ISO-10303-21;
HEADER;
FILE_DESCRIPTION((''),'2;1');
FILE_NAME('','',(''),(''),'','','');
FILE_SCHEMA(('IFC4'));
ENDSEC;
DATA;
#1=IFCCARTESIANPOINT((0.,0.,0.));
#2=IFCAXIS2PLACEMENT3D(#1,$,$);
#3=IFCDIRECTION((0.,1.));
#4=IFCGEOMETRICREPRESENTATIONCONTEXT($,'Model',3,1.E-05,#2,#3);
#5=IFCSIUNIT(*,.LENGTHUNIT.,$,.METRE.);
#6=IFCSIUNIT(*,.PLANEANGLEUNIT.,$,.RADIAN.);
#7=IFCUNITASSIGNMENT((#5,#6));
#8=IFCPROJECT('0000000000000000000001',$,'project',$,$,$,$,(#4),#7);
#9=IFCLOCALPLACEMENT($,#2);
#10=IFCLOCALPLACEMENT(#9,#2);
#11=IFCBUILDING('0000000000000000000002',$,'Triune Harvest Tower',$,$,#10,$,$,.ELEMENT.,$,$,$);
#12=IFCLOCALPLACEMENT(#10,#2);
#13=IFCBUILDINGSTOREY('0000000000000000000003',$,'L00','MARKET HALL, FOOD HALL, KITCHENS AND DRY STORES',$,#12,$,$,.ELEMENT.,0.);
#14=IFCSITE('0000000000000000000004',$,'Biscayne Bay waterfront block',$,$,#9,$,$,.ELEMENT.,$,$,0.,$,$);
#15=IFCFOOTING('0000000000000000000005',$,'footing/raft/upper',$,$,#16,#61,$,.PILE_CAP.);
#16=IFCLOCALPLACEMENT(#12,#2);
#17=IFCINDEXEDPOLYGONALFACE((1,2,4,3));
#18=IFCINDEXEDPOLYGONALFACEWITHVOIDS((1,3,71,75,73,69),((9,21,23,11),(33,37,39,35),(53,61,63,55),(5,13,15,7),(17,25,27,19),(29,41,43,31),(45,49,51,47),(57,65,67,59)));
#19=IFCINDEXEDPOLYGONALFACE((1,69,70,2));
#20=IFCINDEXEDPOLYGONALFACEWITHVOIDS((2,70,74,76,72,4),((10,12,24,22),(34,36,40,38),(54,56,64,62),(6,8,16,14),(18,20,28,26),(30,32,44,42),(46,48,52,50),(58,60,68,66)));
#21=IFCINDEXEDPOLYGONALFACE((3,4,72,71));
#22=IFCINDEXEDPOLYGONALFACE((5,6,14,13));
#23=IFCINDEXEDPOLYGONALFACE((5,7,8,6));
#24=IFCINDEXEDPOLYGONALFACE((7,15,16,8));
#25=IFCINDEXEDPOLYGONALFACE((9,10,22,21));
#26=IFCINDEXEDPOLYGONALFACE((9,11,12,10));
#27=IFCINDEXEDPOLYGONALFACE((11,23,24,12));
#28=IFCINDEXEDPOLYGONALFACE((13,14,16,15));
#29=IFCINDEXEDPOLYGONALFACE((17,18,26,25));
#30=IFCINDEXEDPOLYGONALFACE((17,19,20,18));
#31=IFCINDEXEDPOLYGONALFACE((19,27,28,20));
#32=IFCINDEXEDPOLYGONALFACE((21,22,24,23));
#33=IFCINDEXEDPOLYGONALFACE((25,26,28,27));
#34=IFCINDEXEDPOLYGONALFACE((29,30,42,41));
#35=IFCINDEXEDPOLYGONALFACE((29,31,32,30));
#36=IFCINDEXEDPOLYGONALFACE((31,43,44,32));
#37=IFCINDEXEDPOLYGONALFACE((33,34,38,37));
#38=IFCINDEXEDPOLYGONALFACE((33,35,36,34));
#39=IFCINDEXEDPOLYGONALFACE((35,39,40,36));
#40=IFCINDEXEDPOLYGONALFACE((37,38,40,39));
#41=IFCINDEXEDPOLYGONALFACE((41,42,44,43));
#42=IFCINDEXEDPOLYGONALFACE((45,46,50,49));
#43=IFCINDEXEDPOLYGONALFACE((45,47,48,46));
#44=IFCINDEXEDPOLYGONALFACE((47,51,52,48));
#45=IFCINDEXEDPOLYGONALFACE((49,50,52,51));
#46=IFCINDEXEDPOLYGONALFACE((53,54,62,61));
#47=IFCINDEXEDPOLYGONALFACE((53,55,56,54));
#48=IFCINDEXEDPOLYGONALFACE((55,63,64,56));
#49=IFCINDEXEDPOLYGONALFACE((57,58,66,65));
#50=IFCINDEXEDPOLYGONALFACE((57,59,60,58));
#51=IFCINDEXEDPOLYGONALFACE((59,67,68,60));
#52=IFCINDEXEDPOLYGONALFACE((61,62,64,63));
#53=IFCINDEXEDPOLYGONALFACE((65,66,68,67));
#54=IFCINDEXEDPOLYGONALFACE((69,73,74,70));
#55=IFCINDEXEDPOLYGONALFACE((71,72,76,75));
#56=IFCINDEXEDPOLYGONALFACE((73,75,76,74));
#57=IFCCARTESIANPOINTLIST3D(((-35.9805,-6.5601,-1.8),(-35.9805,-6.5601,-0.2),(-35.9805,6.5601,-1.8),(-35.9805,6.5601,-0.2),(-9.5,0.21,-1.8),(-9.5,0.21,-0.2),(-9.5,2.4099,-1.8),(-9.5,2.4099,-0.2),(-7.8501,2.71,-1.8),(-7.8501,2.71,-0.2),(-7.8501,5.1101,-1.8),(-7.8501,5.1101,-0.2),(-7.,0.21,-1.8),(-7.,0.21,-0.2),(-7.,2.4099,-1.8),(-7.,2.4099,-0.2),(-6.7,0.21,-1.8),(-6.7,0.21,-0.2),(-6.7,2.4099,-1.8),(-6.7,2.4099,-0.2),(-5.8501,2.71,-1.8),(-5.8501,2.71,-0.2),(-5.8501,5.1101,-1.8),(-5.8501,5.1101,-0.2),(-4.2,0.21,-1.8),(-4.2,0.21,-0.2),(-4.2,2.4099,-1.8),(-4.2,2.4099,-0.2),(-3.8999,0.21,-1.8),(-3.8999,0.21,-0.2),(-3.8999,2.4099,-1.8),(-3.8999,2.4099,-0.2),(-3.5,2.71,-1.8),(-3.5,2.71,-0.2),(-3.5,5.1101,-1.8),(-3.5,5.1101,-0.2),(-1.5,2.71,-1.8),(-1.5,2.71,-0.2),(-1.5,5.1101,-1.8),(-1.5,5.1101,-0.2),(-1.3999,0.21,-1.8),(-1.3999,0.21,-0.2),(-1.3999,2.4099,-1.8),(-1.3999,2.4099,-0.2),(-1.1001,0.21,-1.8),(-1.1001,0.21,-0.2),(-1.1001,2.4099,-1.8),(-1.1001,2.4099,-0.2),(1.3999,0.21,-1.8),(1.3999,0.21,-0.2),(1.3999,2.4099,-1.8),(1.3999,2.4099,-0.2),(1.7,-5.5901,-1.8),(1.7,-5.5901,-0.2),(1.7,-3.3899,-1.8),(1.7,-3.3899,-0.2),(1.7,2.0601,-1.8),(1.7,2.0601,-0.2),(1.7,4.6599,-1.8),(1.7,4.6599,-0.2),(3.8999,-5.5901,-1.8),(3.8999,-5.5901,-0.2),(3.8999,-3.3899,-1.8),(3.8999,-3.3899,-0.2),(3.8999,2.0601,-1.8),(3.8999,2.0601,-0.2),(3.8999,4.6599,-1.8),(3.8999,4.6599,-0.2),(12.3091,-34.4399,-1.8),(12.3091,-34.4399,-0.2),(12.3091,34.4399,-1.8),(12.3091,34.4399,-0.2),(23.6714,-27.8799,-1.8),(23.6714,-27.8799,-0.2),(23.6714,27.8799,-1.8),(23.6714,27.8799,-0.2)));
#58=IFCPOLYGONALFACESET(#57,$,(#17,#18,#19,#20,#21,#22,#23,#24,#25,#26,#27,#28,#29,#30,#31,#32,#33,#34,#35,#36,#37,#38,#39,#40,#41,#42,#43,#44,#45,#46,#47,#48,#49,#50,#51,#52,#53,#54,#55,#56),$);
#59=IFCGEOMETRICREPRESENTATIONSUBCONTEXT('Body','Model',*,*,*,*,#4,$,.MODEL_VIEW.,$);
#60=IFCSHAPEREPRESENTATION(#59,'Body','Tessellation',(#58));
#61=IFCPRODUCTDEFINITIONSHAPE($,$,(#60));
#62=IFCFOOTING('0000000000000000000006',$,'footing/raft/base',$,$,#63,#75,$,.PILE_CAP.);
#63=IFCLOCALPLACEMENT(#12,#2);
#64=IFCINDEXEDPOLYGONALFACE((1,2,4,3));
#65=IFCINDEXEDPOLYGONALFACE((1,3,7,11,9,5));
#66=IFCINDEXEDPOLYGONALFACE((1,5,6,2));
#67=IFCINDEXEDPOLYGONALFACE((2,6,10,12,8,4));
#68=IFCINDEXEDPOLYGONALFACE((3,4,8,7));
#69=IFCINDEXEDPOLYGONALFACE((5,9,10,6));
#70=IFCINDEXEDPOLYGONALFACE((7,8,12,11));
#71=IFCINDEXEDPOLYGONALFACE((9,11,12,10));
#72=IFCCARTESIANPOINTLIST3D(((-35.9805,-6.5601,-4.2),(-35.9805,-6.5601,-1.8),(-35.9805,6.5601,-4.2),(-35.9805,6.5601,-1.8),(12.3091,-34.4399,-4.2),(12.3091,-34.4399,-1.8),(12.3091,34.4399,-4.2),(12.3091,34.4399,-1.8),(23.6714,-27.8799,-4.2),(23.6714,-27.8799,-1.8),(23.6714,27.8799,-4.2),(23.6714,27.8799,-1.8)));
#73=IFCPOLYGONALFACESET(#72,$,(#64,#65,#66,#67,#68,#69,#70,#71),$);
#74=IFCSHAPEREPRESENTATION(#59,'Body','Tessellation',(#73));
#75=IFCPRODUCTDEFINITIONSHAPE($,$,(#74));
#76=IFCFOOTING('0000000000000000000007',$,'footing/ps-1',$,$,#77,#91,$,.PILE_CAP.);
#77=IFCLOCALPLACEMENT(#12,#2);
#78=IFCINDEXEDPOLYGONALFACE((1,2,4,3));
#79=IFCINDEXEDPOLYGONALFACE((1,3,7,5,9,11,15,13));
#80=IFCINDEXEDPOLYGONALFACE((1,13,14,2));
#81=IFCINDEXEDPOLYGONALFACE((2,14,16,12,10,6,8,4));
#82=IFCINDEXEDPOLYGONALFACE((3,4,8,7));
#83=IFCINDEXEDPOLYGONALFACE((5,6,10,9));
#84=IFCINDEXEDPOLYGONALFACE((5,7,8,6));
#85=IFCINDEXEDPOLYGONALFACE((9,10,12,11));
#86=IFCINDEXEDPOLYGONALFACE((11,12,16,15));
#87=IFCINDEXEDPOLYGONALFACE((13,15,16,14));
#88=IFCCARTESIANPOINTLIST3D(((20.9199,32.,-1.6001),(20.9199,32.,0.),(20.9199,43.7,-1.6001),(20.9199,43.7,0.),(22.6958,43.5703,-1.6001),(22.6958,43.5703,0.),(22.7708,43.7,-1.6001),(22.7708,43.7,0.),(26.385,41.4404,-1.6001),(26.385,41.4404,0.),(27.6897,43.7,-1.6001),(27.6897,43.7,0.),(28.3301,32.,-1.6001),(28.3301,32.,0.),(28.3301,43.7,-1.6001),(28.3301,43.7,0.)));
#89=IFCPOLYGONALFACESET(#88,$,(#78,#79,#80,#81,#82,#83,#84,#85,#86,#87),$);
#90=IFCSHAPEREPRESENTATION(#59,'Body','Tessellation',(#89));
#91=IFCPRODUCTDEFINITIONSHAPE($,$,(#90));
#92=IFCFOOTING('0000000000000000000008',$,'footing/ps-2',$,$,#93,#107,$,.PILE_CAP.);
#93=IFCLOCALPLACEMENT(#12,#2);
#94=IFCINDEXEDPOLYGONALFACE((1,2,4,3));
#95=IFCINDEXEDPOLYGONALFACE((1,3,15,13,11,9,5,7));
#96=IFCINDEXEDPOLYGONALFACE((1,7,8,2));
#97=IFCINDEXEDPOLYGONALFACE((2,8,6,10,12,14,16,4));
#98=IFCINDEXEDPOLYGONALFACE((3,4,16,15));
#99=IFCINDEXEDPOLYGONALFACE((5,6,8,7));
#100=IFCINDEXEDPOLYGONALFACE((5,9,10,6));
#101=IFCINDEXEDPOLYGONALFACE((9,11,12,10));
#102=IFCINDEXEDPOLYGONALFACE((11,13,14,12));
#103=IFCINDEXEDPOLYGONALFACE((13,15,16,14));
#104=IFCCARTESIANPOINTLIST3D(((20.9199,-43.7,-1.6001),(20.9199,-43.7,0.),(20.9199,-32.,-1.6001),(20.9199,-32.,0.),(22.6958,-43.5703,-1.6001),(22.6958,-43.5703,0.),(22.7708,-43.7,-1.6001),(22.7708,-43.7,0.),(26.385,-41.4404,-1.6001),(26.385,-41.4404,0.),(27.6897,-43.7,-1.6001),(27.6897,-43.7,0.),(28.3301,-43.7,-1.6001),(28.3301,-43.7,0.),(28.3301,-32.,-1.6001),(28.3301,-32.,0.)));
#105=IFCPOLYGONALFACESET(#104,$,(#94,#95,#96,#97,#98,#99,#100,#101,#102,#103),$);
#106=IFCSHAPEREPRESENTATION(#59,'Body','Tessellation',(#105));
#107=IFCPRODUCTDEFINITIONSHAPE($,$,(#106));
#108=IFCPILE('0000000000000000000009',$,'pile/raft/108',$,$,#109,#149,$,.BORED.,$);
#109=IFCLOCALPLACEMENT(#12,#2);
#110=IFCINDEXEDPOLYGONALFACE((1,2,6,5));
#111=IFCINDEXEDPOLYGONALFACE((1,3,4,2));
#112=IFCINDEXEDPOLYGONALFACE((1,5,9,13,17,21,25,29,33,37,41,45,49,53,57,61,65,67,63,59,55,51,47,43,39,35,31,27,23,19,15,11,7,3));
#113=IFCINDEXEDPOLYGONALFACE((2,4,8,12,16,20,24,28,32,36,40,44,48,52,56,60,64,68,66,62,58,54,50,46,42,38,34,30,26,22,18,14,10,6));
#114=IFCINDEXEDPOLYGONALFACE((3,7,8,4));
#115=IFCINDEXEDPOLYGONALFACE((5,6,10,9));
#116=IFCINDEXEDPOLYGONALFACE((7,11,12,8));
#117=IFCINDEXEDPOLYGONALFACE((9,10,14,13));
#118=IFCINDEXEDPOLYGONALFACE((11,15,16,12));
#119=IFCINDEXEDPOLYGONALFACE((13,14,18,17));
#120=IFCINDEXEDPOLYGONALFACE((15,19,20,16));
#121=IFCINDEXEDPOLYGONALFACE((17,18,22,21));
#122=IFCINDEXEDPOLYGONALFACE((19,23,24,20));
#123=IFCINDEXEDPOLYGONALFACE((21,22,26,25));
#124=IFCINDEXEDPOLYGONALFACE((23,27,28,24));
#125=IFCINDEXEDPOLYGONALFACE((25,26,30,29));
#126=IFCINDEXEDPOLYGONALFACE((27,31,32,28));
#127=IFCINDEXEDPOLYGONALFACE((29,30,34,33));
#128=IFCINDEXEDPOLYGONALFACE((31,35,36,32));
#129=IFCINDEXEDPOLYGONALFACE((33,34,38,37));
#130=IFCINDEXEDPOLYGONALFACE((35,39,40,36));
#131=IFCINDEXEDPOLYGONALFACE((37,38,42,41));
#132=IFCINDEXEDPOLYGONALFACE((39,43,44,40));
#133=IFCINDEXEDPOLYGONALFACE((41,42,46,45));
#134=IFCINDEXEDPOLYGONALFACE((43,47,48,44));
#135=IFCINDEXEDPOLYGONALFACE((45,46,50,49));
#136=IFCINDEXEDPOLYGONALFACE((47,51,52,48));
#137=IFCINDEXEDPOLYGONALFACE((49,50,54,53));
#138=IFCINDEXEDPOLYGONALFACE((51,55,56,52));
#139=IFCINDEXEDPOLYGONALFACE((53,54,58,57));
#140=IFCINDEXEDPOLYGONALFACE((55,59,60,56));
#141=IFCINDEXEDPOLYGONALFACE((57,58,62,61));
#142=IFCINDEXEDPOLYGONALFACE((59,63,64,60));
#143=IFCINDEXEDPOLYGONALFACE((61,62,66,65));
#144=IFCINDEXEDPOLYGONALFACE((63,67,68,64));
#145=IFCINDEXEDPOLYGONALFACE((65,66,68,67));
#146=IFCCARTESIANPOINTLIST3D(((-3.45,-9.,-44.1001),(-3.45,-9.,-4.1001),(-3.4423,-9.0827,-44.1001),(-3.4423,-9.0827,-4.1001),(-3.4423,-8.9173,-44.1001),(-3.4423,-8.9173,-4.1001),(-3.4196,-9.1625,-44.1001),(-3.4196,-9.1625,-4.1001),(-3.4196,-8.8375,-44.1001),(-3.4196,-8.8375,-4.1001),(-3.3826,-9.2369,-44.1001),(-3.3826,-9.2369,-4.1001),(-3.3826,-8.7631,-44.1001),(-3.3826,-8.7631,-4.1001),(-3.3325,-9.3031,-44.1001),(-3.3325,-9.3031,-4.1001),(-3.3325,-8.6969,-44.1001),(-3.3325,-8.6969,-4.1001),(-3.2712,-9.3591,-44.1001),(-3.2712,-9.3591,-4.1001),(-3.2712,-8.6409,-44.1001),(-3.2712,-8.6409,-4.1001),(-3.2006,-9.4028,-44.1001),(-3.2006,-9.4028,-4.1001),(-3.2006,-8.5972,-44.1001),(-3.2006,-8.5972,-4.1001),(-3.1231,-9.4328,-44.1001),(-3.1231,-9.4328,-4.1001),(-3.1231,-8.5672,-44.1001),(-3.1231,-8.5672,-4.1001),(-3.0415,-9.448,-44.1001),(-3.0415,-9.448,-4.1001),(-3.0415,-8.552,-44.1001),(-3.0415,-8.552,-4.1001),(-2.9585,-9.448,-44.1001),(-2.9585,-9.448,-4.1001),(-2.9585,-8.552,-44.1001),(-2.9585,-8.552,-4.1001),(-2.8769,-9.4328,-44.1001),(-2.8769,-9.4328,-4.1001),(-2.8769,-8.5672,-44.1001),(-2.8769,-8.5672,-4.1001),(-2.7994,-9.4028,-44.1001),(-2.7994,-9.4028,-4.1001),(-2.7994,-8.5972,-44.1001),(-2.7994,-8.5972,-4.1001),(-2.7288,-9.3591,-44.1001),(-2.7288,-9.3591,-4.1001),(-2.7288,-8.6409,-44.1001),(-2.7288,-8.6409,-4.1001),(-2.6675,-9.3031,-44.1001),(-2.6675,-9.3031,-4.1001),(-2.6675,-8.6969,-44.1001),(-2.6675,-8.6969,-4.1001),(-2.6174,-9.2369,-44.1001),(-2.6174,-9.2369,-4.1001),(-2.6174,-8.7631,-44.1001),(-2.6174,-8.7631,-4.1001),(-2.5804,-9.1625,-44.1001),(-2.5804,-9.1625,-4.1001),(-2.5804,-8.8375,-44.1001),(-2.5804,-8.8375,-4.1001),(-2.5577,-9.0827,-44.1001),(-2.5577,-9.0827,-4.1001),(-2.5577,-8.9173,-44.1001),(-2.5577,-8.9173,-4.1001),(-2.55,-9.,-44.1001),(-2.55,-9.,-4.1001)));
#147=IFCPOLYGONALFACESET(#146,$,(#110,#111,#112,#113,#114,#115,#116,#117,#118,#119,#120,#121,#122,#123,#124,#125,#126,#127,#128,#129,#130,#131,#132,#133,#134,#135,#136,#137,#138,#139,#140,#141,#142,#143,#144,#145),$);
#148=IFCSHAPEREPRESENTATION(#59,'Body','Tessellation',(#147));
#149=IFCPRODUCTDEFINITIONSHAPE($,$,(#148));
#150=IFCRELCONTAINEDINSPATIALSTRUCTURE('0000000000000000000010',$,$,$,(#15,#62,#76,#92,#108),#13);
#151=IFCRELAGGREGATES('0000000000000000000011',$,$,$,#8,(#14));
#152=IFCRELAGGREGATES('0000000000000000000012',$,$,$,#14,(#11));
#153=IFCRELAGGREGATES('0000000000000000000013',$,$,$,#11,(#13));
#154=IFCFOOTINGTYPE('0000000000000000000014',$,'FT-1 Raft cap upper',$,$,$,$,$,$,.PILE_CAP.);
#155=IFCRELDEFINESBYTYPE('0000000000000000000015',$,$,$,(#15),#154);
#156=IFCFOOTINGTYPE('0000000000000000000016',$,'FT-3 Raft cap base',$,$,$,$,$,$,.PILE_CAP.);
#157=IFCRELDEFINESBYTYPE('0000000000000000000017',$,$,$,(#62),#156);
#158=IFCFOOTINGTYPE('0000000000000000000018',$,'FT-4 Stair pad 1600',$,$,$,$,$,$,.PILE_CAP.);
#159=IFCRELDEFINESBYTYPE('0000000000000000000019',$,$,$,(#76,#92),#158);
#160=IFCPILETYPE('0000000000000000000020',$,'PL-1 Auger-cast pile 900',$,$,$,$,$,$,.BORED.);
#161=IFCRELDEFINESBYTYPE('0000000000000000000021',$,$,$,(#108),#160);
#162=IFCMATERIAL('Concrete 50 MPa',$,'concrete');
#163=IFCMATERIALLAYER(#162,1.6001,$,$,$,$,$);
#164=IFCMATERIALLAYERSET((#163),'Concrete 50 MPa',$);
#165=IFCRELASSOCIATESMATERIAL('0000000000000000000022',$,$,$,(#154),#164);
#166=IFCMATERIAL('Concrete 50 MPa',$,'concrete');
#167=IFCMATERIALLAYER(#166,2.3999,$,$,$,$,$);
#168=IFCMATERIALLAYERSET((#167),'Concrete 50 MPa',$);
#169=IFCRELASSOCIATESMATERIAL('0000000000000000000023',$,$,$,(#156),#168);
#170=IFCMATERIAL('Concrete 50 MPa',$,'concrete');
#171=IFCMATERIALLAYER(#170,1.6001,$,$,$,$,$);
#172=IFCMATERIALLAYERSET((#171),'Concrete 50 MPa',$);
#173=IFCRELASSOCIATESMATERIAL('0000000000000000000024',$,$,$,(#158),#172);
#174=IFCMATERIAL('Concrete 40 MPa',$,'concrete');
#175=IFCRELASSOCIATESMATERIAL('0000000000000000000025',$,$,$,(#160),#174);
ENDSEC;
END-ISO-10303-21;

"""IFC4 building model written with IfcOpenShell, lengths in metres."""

from ifc_helpers import new_model, si_unit, direction, frame, origin, origin_2d, place, context, subcontext, project, spatial, polyline, circle, outline, extrude, source, transform, mapped, material, layer, layer_set, material_profile, profile_set, type_object, element, save


model = new_model("IFC4")

# Units and contexts
model_context = context("Model", 3, precision=1e-05, world=origin(), true_north=direction((0.0, 1.0)))
body_context = subcontext(model_context, "Body", "Model", "MODEL_VIEW")
ifc_project = project(units=[si_unit("LENGTHUNIT", "METRE"), si_unit("PLANEANGLEUNIT", "RADIAN")], contexts=[model_context])

# Site, building, storey
site_placement = place(None, origin())
site = spatial("IfcSite", under=ifc_project, at=site_placement, Name="Biscayne Bay waterfront block", CompositionType="ELEMENT", RefElevation=0.0)
building_placement = place(site_placement, origin())
building = spatial("IfcBuilding", under=site, at=building_placement, Name="Triune Harvest Tower", CompositionType="ELEMENT")
storey_placement = place(building_placement, origin())
storey = spatial("IfcBuildingStorey", under=building, at=storey_placement, Name="L00", Description="MARKET HALL, FOOD HALL, KITCHENS AND DRY STORES", CompositionType="ELEMENT", Elevation=0.0)

# Footings
ifc_material_1 = material(Name="Concrete 50 MPa", Category="concrete")
ifc_layer_1 = layer(ifc_material_1, 1.6001)
ifc_layer_set_1 = layer_set([ifc_layer_1], Name="Concrete 50 MPa")
footing_type_1 = type_object("IfcFootingType", Name="FT-1 Raft cap upper", PredefinedType="PILE_CAP", material=ifc_layer_set_1)
footing_1_placement = place(storey_placement, frame((0.0, 0.0, -1.8)))
element("IfcFooting", 1, at=footing_1_placement, inside=storey, type_object=footing_type_1, Name="footing/raft/upper", PredefinedType="PILE_CAP", context=body_context, shape_type="SweptSolid", body=[
    extrude(outline(polyline([(23.6714, -27.8799), (23.6714, 27.8799), (12.3091, 34.4399), (-35.9805, 6.5601), (-35.9805, -6.5601), (12.3091, -34.4399), (23.6714, -27.8799)]), holes=[polyline([(-7.0, 0.21), (-7.0, 2.4099), (-9.5, 2.4099), (-9.5, 0.21), (-7.0, 0.21)]), polyline([(-4.2, 0.21), (-4.2, 2.4099), (-6.7, 2.4099), (-6.7, 0.21), (-4.2, 0.21)]), polyline([(-1.3999, 0.21), (-1.3999, 2.4099), (-3.8999, 2.4099), (-3.8999, 0.21), (-1.3999, 0.21)]), polyline([(1.3999, 0.21), (1.3999, 2.4099), (-1.1001, 2.4099), (-1.1001, 0.21), (1.3999, 0.21)]), polyline([(3.8999, 2.0601), (3.8999, 4.6599), (1.7, 4.6599), (1.7, 2.0601), (3.8999, 2.0601)]), polyline([(3.8999, -5.5901), (3.8999, -3.3899), (1.7, -3.3899), (1.7, -5.5901), (3.8999, -5.5901)]), polyline([(-5.8501, 2.71), (-5.8501, 5.1101), (-7.8501, 5.1101), (-7.8501, 2.71), (-5.8501, 2.71)]), polyline([(-1.5, 2.71), (-1.5, 5.1101), (-3.5, 5.1101), (-3.5, 2.71), (-1.5, 2.71)])]), origin(), (0.0, 0.0, 1.0), 1.6001),
])
ifc_material_2 = material(Name="Concrete 50 MPa", Category="concrete")
ifc_layer_2 = layer(ifc_material_2, 2.3999)
ifc_layer_set_2 = layer_set([ifc_layer_2], Name="Concrete 50 MPa")
footing_type_2 = type_object("IfcFootingType", Name="FT-3 Raft cap base", PredefinedType="PILE_CAP", material=ifc_layer_set_2)
footing_2_placement = place(storey_placement, frame((0.0, 0.0, -4.2)))
element("IfcFooting", 2, at=footing_2_placement, inside=storey, type_object=footing_type_2, Name="footing/raft/base", PredefinedType="PILE_CAP", context=body_context, shape_type="SweptSolid", body=[
    extrude(outline(polyline([(23.6714, -27.8799), (23.6714, 27.8799), (12.3091, 34.4399), (-35.9805, 6.5601), (-35.9805, -6.5601), (12.3091, -34.4399), (23.6714, -27.8799)])), origin(), (0.0, 0.0, 1.0), 2.3999),
])
ifc_material_3 = material(Name="Concrete 50 MPa", Category="concrete")
ifc_layer_3 = layer(ifc_material_3, 1.6001)
ifc_layer_set_3 = layer_set([ifc_layer_3], Name="Concrete 50 MPa")
footing_type_3 = type_object("IfcFootingType", Name="FT-4 Stair pad 1600", PredefinedType="PILE_CAP", material=ifc_layer_set_3)
footing_3_placement = place(storey_placement, frame((0.0, 0.0, -1.6001)))
element("IfcFooting", 3, at=footing_3_placement, inside=storey, type_object=footing_type_3, Name="footing/ps-1", PredefinedType="PILE_CAP", context=body_context, shape_type="SweptSolid", body=[
    extrude(outline(polyline([(28.3301, 32.0), (20.9199, 32.0), (20.9199, 43.7), (22.7708, 43.7), (22.6958, 43.5703), (26.385, 41.4404), (27.6897, 43.7), (28.3301, 43.7), (28.3301, 32.0)])), origin(), (0.0, 0.0, 1.0), 1.6001),
])
footing_4_placement = place(storey_placement, frame((0.0, 0.0, -1.6001)))
element("IfcFooting", 4, at=footing_4_placement, inside=storey, type_object=footing_type_3, Name="footing/ps-2", PredefinedType="PILE_CAP", context=body_context, shape_type="SweptSolid", body=[
    extrude(outline(polyline([(20.9199, -32.0), (28.3301, -32.0), (28.3301, -43.7), (27.6897, -43.7), (26.385, -41.4404), (22.6958, -43.5703), (22.7708, -43.7), (20.9199, -43.7), (20.9199, -32.0)])), origin(), (0.0, 0.0, 1.0), 1.6001),
])

# Pile
ifc_material_4 = material(Name="Concrete 40 MPa", Category="concrete")
ifc_material_profile = material_profile(ifc_material_4, circle(Radius=0.45, at=origin_2d()), Name="Bored 900")
ifc_profile_set = profile_set([ifc_material_profile], Name="Concrete 40 MPa")
pile_type = type_object("IfcPileType", Name="PL-1 Auger-cast pile 900", PredefinedType="BORED", material=ifc_profile_set)
shared_shape_1 = source(origin(), body_context, "Body", "SweptSolid", [
    extrude(circle(Radius=0.45, at=origin_2d()), origin(), (0.0, 0.0, 1.0), 40.0),
])
for number, where, z_axis, x_axis, name in (
    (5, (-3.0, -9.0, -4.1001), (0.0, 0.0, -1.0), (1.0, 0.0, 0.0), "pile/raft/108"),
):
    element("IfcPile", number, at=place(storey_placement, frame(where, z_axis=z_axis, x_axis=x_axis)), inside=storey, type_object=pile_type, Name=name, PredefinedType="BORED", context=body_context, shape_type="MappedRepresentation", body=[
        mapped(shared_shape_1, transform((0.0, 0.0, 0.0), scale=1.0)),
    ])

save(model, "model.ifc")
